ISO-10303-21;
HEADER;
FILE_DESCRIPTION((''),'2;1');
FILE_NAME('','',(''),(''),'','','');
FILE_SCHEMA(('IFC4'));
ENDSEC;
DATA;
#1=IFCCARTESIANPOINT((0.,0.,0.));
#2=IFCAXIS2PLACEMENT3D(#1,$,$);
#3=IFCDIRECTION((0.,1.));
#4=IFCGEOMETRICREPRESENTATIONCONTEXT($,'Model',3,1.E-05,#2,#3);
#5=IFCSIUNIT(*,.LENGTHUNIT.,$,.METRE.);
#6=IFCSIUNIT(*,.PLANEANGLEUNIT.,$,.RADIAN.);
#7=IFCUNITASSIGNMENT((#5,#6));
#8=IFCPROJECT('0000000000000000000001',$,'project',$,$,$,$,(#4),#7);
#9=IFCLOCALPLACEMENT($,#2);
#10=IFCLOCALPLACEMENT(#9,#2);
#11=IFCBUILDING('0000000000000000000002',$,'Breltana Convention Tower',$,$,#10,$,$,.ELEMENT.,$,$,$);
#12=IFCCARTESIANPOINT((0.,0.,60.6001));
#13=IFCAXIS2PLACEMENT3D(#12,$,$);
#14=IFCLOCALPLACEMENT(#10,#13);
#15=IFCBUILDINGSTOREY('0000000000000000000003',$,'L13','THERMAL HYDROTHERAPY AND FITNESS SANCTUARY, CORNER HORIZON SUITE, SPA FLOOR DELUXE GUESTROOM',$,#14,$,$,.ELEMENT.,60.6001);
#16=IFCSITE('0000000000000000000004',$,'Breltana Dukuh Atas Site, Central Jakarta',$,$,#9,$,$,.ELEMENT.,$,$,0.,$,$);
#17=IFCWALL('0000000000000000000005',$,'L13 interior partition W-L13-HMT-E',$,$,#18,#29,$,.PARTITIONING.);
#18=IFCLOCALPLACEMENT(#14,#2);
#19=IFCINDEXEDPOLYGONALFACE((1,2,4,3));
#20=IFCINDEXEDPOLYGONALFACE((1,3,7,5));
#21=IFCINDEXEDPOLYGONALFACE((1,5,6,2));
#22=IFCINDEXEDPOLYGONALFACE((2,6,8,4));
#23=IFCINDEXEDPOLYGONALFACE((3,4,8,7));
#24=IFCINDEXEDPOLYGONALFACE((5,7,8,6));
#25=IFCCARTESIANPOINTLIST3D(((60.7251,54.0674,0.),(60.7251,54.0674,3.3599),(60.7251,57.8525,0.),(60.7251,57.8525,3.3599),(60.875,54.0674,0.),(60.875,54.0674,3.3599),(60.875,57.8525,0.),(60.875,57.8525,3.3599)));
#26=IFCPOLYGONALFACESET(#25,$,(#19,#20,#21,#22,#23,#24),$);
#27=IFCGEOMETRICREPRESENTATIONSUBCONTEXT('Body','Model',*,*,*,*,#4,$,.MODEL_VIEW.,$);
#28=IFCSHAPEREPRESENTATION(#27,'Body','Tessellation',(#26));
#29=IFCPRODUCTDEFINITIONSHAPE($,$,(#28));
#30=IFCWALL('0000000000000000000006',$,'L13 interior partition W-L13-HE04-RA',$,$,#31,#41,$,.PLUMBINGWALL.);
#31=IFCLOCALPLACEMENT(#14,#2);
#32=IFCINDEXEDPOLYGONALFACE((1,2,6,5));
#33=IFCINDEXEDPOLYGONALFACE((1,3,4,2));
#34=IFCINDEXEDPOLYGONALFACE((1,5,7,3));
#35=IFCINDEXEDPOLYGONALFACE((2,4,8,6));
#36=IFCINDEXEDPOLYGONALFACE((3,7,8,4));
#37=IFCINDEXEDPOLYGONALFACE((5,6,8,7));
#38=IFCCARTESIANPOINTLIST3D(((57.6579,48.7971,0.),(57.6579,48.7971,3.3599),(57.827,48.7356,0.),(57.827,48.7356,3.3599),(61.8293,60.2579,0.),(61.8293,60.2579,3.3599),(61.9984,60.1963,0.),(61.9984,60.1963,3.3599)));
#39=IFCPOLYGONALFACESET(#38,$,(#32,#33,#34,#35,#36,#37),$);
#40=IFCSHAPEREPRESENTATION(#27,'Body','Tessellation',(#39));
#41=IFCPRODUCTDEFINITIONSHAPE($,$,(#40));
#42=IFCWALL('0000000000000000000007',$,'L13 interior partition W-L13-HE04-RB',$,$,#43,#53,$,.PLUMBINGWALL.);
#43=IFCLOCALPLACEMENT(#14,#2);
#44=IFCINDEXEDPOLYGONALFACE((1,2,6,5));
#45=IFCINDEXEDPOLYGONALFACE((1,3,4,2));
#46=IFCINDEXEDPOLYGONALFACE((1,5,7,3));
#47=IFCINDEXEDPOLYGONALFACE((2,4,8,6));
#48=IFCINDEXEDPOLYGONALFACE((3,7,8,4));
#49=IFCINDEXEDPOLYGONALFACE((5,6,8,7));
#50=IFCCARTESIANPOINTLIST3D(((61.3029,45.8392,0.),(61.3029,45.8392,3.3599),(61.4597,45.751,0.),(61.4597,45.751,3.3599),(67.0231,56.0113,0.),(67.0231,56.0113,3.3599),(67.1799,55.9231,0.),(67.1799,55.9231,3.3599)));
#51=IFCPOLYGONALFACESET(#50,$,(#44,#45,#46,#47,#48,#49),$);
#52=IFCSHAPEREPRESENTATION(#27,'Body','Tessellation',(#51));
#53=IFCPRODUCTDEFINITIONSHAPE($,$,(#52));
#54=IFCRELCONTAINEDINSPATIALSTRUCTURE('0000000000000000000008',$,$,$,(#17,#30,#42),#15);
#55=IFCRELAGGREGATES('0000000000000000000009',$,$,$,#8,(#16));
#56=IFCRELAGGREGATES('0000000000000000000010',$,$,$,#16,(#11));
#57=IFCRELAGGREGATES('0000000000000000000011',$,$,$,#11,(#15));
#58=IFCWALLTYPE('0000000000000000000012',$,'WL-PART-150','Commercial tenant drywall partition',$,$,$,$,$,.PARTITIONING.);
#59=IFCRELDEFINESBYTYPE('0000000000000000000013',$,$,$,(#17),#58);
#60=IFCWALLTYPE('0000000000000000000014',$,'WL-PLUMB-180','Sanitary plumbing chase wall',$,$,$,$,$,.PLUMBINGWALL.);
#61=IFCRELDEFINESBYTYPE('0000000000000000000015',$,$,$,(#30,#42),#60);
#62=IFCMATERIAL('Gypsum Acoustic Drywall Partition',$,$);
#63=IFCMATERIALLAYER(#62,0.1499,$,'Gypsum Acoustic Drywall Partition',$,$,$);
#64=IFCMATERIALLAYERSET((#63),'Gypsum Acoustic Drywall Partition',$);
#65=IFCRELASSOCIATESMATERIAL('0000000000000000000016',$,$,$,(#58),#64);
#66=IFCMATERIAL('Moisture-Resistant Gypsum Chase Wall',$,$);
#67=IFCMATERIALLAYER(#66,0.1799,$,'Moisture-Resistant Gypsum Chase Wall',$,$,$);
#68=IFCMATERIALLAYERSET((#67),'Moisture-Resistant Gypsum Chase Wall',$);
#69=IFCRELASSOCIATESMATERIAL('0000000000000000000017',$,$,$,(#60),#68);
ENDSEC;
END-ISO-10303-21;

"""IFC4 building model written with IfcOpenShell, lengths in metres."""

from ifc_helpers import new_model, si_unit, direction, frame, frame_2d, origin, place, context, subcontext, project, spatial, rectangle, extrude, source, transform, mapped, material, layer, layer_set, type_object, element, save


model = new_model("IFC4")

# Units and contexts
model_context = context("Model", 3, precision=1e-05, world=origin(), true_north=direction((0.0, 1.0)))
body_context = subcontext(model_context, "Body", "Model", "MODEL_VIEW")
ifc_project = project(units=[si_unit("LENGTHUNIT", "METRE"), si_unit("PLANEANGLEUNIT", "RADIAN")], contexts=[model_context])

# Site, building, storey
site_placement = place(None, origin())
site = spatial("IfcSite", under=ifc_project, at=site_placement, Name="Breltana Dukuh Atas Site, Central Jakarta", CompositionType="ELEMENT", RefElevation=0.0)
building_placement = place(site_placement, origin())
building = spatial("IfcBuilding", under=site, at=building_placement, Name="Breltana Convention Tower", CompositionType="ELEMENT")
storey_placement = place(building_placement, frame((0.0, 0.0, 60.6001)))
storey = spatial("IfcBuildingStorey", under=building, at=storey_placement, Name="L13", Description="THERMAL HYDROTHERAPY AND FITNESS SANCTUARY, CORNER HORIZON SUITE, SPA FLOOR DELUXE GUESTROOM", CompositionType="ELEMENT", Elevation=60.6001)

# Walls
ifc_material_1 = material(Name="Gypsum Acoustic Drywall Partition")
ifc_layer_1 = layer(ifc_material_1, 0.1499, Name="Gypsum Acoustic Drywall Partition")
ifc_layer_set_1 = layer_set([ifc_layer_1], Name="Gypsum Acoustic Drywall Partition")
wall_type_1 = type_object("IfcWallType", Name="WL-PART-150", Description="Commercial tenant drywall partition", PredefinedType="PARTITIONING", material=ifc_layer_set_1)
shared_shape_1 = source(origin(), body_context, "Body", "SweptSolid", [
    extrude(rectangle(XDim=3.7852, YDim=0.1499, at=frame_2d((1.8926, 0.0))), origin(), (0.0, 0.0, 1.0), 3.3599),
])
wall_1_placement = place(storey_placement, frame((60.8, 54.0674, 0.0), z_axis=(0.0, 0.0, 1.0), x_axis=(0.0, 1.0, 0.0)))
element("IfcWall", 1, at=wall_1_placement, inside=storey, type_object=wall_type_1, Name="L13 interior partition W-L13-HMT-E", PredefinedType="PARTITIONING", context=body_context, shape_type="MappedRepresentation", body=[
    mapped(shared_shape_1, transform((0.0, 0.0, 0.0), scale=1.0)),
])
ifc_material_2 = material(Name="Moisture-Resistant Gypsum Chase Wall")
ifc_layer_2 = layer(ifc_material_2, 0.1799, Name="Moisture-Resistant Gypsum Chase Wall")
ifc_layer_set_2 = layer_set([ifc_layer_2], Name="Moisture-Resistant Gypsum Chase Wall")
wall_type_2 = type_object("IfcWallType", Name="WL-PLUMB-180", Description="Sanitary plumbing chase wall", PredefinedType="PLUMBINGWALL", material=ifc_layer_set_2)
shared_shape_2 = source(origin(), body_context, "Body", "SweptSolid", [
    extrude(rectangle(XDim=12.1963, YDim=0.1799, at=frame_2d((6.0981, 0.0))), origin(), (0.0, 0.0, 1.0), 3.3599),
])
wall_2_placement = place(storey_placement, frame((57.7424, 48.7664, 0.0), z_axis=(0.0, 0.0, 1.0), x_axis=(0.342023, 0.939692, 0.0)))
element("IfcWall", 2, at=wall_2_placement, inside=storey, type_object=wall_type_2, Name="L13 interior partition W-L13-HE04-RA", PredefinedType="PLUMBINGWALL", context=body_context, shape_type="MappedRepresentation", body=[
    mapped(shared_shape_2, transform((0.0, 0.0, 0.0), scale=1.0)),
])
shared_shape_3 = source(origin(), body_context, "Body", "SweptSolid", [
    extrude(rectangle(XDim=11.6702, YDim=0.1799, at=frame_2d((5.835, 0.0))), origin(), (0.0, 0.0, 1.0), 3.3599),
])
wall_3_placement = place(storey_placement, frame((61.3813, 45.7952, 0.0), z_axis=(0.0, 0.0, 1.0), x_axis=(0.490157, 0.871634, 0.0)))
element("IfcWall", 3, at=wall_3_placement, inside=storey, type_object=wall_type_2, Name="L13 interior partition W-L13-HE04-RB", PredefinedType="PLUMBINGWALL", context=body_context, shape_type="MappedRepresentation", body=[
    mapped(shared_shape_3, transform((0.0, 0.0, 0.0), scale=1.0)),
])

save(model, "model.ifc")
